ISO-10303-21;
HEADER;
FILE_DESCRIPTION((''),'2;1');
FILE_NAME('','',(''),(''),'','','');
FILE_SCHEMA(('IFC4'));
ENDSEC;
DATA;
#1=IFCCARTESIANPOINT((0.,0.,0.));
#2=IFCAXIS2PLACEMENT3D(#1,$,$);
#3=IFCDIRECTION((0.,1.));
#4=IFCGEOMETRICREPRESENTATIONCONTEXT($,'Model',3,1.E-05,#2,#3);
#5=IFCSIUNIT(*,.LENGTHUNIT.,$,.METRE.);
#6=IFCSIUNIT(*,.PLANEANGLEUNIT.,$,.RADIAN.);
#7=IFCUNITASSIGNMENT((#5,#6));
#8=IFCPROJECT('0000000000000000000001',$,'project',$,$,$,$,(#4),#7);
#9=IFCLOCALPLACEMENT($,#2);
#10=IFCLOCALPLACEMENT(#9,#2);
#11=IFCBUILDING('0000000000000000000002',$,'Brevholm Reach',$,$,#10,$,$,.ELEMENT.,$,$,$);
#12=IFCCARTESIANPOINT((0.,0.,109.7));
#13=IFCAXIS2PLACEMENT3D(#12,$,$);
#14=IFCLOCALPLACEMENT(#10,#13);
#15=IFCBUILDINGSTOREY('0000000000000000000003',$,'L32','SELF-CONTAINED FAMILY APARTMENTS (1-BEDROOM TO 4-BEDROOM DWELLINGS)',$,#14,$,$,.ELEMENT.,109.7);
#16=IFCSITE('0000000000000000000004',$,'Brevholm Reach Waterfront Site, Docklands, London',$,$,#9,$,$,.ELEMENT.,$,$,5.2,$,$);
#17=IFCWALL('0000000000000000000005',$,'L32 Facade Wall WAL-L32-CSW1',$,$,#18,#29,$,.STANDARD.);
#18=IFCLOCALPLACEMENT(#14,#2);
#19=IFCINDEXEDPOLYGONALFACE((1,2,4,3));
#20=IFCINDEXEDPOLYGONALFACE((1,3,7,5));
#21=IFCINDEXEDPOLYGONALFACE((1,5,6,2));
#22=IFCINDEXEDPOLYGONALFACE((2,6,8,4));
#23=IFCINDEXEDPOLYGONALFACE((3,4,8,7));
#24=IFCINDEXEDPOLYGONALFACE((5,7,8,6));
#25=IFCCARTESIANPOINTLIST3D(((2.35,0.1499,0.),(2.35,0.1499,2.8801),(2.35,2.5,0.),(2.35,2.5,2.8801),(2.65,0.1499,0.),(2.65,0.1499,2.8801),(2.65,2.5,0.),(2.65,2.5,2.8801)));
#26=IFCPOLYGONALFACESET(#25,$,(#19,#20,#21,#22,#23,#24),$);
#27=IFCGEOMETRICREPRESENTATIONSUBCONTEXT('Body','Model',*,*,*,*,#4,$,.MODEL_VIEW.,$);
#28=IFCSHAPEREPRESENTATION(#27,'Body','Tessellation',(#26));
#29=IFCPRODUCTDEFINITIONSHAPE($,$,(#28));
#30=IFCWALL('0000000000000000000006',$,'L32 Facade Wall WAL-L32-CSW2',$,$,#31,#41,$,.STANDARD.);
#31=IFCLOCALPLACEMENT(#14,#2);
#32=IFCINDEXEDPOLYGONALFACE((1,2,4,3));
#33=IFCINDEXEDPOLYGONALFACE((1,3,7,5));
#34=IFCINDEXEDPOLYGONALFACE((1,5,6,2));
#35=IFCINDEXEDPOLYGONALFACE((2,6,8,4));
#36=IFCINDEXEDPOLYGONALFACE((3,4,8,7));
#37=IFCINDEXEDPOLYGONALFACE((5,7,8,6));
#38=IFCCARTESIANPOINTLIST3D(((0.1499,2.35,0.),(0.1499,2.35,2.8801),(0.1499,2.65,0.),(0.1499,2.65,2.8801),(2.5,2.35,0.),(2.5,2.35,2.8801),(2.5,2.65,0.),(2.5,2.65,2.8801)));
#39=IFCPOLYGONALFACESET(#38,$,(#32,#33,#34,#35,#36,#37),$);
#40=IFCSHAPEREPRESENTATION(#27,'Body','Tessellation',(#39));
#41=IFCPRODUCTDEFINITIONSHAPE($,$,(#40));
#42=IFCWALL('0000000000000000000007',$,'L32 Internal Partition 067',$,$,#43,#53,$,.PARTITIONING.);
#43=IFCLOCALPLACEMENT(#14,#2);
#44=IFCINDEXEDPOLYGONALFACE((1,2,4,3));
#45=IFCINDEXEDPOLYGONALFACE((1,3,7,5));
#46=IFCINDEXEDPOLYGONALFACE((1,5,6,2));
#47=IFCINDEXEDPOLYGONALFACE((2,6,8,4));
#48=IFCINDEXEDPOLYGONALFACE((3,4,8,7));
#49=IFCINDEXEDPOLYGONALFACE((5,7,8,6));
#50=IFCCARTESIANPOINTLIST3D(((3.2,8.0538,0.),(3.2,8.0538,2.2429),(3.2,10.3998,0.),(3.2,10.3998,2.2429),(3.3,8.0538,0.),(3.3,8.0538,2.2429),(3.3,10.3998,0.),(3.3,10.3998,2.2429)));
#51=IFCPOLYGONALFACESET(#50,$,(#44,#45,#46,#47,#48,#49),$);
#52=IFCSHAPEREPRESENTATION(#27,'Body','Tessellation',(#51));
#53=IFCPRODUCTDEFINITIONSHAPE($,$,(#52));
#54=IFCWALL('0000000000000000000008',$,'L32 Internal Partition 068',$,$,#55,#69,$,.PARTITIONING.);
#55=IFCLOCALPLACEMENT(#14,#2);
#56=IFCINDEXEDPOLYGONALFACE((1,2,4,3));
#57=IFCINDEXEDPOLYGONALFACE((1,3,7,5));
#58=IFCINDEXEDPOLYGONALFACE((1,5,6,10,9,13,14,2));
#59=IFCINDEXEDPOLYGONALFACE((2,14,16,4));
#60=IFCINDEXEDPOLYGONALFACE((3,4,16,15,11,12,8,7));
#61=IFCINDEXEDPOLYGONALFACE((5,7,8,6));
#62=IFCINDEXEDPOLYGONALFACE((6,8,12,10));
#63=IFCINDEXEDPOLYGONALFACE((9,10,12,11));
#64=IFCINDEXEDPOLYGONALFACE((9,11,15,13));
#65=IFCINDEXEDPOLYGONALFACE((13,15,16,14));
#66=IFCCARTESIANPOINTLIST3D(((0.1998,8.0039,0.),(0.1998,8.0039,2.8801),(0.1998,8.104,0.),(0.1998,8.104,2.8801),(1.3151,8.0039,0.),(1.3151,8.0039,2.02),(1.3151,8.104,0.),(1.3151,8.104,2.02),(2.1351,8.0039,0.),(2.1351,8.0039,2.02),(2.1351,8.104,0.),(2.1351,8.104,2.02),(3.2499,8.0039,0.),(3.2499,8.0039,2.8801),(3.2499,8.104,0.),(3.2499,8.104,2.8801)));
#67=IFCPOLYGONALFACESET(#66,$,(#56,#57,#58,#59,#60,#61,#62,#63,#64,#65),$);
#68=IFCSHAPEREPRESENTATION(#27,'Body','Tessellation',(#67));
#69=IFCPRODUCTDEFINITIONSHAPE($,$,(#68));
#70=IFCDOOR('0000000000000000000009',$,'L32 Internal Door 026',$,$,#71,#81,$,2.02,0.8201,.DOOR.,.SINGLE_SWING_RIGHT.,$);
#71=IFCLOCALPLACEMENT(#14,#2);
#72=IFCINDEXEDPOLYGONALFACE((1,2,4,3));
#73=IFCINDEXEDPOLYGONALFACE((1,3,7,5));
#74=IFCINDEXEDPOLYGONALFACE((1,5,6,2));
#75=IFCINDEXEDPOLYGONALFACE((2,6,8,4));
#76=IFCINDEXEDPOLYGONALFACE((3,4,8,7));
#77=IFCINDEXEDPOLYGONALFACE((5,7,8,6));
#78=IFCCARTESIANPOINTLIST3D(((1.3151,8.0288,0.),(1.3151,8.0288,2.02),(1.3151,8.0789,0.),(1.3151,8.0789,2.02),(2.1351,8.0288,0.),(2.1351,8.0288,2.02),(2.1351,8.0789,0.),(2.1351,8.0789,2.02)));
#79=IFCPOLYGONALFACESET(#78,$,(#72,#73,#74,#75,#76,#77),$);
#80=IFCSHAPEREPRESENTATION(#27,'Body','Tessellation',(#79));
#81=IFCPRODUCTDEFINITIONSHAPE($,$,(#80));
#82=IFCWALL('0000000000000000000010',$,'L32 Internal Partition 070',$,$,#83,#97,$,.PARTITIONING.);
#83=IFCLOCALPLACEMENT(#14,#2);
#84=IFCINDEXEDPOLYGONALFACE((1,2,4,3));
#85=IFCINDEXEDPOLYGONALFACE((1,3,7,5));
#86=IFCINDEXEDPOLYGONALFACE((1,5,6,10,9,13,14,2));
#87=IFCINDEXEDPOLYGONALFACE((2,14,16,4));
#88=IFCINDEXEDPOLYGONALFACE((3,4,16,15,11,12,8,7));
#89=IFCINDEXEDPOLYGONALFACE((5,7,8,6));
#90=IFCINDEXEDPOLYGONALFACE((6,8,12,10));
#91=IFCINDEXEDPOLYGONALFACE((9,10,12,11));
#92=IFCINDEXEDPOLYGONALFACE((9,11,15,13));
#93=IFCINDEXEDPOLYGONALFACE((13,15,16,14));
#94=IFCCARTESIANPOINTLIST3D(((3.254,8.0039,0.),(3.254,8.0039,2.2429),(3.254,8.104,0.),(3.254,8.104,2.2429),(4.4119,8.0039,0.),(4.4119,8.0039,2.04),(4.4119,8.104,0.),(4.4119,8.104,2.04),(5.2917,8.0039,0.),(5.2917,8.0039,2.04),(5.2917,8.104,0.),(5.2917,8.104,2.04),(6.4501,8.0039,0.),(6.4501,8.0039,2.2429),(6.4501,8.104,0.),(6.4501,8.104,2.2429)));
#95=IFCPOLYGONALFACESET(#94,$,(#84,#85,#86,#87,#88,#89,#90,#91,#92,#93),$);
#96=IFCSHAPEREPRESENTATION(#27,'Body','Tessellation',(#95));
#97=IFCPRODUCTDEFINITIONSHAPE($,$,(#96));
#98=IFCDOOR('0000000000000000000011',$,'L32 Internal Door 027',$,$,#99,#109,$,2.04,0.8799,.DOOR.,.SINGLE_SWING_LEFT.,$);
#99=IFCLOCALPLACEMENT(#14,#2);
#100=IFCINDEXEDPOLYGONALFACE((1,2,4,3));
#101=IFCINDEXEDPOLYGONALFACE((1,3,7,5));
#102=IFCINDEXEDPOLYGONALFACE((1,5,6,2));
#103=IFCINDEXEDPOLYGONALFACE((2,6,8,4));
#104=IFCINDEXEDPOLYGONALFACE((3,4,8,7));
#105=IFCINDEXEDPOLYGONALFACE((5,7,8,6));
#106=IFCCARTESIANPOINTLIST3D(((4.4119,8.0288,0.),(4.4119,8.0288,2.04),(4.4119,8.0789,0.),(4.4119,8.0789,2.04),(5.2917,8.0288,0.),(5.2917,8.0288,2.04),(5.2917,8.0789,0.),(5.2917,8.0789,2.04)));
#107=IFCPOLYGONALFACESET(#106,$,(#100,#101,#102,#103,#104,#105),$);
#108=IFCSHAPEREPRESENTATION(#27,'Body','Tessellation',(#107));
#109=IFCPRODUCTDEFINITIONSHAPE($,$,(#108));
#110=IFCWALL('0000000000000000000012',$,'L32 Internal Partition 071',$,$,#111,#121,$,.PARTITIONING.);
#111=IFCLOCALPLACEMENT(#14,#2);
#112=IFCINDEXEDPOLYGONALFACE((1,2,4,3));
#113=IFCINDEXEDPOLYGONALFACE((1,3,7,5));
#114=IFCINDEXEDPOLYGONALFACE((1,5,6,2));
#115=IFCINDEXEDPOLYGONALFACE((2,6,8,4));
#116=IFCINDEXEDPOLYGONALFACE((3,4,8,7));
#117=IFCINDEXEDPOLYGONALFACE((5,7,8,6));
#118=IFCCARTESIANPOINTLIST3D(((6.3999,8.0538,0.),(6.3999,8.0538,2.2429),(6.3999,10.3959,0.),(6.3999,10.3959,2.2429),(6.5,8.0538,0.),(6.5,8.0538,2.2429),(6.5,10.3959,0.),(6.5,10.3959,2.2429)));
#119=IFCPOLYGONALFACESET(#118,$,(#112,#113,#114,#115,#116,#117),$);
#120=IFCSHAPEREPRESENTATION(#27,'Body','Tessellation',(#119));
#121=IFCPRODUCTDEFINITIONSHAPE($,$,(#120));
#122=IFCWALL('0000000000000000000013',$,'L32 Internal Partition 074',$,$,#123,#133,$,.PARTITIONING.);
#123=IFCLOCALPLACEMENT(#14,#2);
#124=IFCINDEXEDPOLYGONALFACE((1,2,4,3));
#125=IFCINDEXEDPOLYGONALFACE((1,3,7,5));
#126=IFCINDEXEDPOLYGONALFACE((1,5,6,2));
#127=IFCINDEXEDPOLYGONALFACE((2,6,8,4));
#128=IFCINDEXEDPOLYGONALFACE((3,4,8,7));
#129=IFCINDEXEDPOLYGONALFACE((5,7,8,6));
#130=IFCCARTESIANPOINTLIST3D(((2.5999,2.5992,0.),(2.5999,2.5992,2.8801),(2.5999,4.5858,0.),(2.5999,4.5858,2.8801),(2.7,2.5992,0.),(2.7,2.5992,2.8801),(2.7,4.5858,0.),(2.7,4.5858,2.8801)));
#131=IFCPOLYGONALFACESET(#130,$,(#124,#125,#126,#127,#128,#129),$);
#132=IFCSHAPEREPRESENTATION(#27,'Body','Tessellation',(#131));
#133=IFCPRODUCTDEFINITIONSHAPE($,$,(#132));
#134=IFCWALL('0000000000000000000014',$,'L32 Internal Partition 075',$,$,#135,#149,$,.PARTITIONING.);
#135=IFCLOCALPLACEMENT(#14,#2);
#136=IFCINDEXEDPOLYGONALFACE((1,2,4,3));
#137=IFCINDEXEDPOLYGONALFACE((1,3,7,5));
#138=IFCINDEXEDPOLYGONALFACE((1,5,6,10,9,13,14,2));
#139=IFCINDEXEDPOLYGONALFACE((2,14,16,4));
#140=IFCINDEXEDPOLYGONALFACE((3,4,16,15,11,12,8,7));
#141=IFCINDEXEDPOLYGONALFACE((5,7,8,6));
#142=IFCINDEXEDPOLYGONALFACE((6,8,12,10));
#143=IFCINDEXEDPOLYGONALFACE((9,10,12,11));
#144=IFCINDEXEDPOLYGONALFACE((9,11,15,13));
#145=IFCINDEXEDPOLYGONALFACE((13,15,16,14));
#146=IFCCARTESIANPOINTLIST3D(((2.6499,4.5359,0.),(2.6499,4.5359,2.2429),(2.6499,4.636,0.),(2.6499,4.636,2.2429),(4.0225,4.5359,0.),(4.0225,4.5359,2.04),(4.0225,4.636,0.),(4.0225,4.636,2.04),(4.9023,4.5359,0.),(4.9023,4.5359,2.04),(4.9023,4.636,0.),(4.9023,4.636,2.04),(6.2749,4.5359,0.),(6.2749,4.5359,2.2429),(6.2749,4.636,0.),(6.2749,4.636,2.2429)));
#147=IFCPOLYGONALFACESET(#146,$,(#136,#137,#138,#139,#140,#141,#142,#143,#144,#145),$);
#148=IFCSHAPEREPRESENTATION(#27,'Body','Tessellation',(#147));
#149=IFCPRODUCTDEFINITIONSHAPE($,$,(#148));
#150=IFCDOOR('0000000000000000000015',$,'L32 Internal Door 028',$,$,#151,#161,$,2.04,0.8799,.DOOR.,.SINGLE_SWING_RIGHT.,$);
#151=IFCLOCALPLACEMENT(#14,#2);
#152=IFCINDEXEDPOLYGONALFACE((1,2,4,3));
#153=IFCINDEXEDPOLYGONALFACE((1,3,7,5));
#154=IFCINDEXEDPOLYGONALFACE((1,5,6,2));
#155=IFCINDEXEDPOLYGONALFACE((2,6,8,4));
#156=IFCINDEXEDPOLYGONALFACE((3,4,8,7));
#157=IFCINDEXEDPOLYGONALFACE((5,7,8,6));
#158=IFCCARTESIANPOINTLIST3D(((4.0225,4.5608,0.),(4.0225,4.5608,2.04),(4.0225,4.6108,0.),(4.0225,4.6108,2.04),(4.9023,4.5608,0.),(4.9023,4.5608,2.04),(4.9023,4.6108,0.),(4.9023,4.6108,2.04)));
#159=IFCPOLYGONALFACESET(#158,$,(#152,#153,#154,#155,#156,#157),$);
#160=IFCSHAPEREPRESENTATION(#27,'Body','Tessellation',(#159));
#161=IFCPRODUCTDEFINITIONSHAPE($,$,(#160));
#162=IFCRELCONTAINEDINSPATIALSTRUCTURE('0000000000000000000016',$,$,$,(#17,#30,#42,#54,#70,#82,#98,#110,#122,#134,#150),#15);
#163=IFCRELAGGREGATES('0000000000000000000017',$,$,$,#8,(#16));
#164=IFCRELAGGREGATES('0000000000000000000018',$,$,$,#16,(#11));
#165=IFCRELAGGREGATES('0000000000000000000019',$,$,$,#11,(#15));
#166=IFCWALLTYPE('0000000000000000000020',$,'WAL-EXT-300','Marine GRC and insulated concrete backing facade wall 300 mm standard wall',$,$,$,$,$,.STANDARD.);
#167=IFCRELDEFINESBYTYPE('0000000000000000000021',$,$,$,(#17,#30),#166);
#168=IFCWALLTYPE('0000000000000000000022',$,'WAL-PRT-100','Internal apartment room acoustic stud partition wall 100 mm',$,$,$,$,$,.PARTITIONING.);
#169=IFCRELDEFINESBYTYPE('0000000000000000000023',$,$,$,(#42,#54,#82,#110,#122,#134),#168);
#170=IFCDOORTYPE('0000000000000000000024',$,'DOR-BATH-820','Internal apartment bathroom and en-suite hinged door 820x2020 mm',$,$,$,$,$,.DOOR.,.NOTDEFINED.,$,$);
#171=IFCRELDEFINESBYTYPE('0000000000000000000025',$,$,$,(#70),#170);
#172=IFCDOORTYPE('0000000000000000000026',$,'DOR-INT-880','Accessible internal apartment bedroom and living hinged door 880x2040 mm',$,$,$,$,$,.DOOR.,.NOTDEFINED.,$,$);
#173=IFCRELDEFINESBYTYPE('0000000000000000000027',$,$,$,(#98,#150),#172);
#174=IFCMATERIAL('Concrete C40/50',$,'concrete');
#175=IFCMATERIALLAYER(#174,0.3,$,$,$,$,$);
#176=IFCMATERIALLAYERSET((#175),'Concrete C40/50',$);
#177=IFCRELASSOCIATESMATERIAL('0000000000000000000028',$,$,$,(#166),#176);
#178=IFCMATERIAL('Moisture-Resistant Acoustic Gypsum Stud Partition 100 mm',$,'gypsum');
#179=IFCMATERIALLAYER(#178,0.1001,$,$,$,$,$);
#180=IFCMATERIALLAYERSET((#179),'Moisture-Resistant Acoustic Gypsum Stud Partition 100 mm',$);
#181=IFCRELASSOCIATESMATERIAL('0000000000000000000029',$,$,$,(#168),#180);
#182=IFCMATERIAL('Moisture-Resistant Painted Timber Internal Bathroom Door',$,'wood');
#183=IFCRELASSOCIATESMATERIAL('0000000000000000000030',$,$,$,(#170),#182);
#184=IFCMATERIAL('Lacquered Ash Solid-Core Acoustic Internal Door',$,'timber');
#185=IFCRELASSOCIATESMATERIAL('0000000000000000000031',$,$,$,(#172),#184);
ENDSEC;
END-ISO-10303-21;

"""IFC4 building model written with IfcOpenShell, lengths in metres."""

from ifc_helpers import new_model, si_unit, direction, frame, frame_2d, origin, place, context, subcontext, project, spatial, rectangle, extrude, material, layer, layer_set, type_object, element, fill, save


model = new_model("IFC4")

# Units and contexts
model_context = context("Model", 3, precision=1e-05, world=origin(), true_north=direction((0.0, 1.0)))
body_context = subcontext(model_context, "Body", "Model", "MODEL_VIEW")
ifc_project = project(units=[si_unit("LENGTHUNIT", "METRE"), si_unit("PLANEANGLEUNIT", "RADIAN")], contexts=[model_context])

# Site, building, storey
site_placement = place(None, origin())
site = spatial("IfcSite", under=ifc_project, at=site_placement, Name="Brevholm Reach Waterfront Site, Docklands, London", CompositionType="ELEMENT", RefElevation=5.2)
building_placement = place(site_placement, origin())
building = spatial("IfcBuilding", under=site, at=building_placement, Name="Brevholm Reach", CompositionType="ELEMENT")
storey_placement = place(building_placement, frame((0.0, 0.0, 109.7)))
storey = spatial("IfcBuildingStorey", under=building, at=storey_placement, Name="L32", Description="SELF-CONTAINED FAMILY APARTMENTS (1-BEDROOM TO 4-BEDROOM DWELLINGS)", CompositionType="ELEMENT", Elevation=109.7)

# Walls
ifc_material_1 = material(Name="Concrete C40/50", Category="concrete")
ifc_layer_1 = layer(ifc_material_1, 0.3)
ifc_layer_set_1 = layer_set([ifc_layer_1], Name="Concrete C40/50")
wall_type_1 = type_object("IfcWallType", Name="WAL-EXT-300", Description="Marine GRC and insulated concrete backing facade wall 300 mm standard wall", PredefinedType="STANDARD", material=ifc_layer_set_1)
for number, where, z_axis, x_axis, name in (
    (1, (2.5, 2.5, 0.0), (0.0, 0.0, 1.0), (0.0, -1.0, 0.0), "L32 Facade Wall WAL-L32-CSW1"),
    (2, (0.1499, 2.5, 0.0), (0.0, 0.0, 1.0), (1.0, 0.0, 0.0), "L32 Facade Wall WAL-L32-CSW2"),
):
    element("IfcWall", number, at=place(storey_placement, frame(where, z_axis=z_axis, x_axis=x_axis)), inside=storey, type_object=wall_type_1, Name=name, PredefinedType="STANDARD", context=body_context, shape_type="SweptSolid", body=[
        extrude(rectangle(XDim=2.3501, YDim=0.3, at=frame_2d((1.175, 0.0))), origin(), (0.0, 0.0, 1.0), 2.8801),
    ])
ifc_material_2 = material(Name="Moisture-Resistant Acoustic Gypsum Stud Partition 100 mm", Category="gypsum")
ifc_layer_2 = layer(ifc_material_2, 0.1001)
ifc_layer_set_2 = layer_set([ifc_layer_2], Name="Moisture-Resistant Acoustic Gypsum Stud Partition 100 mm")
wall_type_2 = type_object("IfcWallType", Name="WAL-PRT-100", Description="Internal apartment room acoustic stud partition wall 100 mm", PredefinedType="PARTITIONING", material=ifc_layer_set_2)
wall_1_placement = place(storey_placement, frame((3.25, 8.054, 0.0), z_axis=(0.0, 0.0, 1.0), x_axis=(0.0, 1.0, 0.0)))
element("IfcWall", 3, at=wall_1_placement, inside=storey, type_object=wall_type_2, Name="L32 Internal Partition 067", PredefinedType="PARTITIONING", context=body_context, shape_type="SweptSolid", body=[
    extrude(rectangle(XDim=2.3459, YDim=0.1001, at=frame_2d((1.1729, 0.0))), origin(), (0.0, 0.0, 1.0), 2.2429),
])

# Walls, openings, doors
wall_2_placement = place(storey_placement, frame((0.2, 8.054, 0.0), z_axis=(0.0, 0.0, 1.0), x_axis=(1.0, 0.0, 0.0)))
wall_2 = element("IfcWall", 4, at=wall_2_placement, inside=storey, type_object=wall_type_2, Name="L32 Internal Partition 068", PredefinedType="PARTITIONING", context=body_context, shape_type="SweptSolid", body=[
    extrude(rectangle(XDim=3.05, YDim=0.1001, at=frame_2d((1.5249, 0.0))), origin(), (0.0, 0.0, 1.0), 2.8801),
])
opening_1_placement = place(wall_2_placement, frame((1.115, 0.0, 0.0)))
opening_1 = element("IfcOpeningElement", 5, at=opening_1_placement, cuts=wall_2, PredefinedType="OPENING", context=body_context, shape_type="SweptSolid", body=[
    extrude(rectangle(XDim=0.8201, YDim=2.02, at=frame_2d((0.4102, 1.01))), frame((0.0, 0.0601, 0.0), z_axis=(0.0, -1.0, 0.0), x_axis=(1.0, 0.0, 0.0)), (0.0, 0.0, 1.0), 0.1201),
])
ifc_material_3 = material(Name="Moisture-Resistant Painted Timber Internal Bathroom Door", Category="wood")
door_type_1 = type_object("IfcDoorType", Name="DOR-BATH-820", Description="Internal apartment bathroom and en-suite hinged door 820x2020 mm", OperationType="NOTDEFINED", PredefinedType="DOOR", material=ifc_material_3)
door_1_placement = place(opening_1_placement, origin())
door_1 = element("IfcDoor", 6, at=door_1_placement, inside=storey, type_object=door_type_1, Name="L32 Internal Door 026", OperationType="SINGLE_SWING_RIGHT", OverallHeight=2.02, OverallWidth=0.8201, PredefinedType="DOOR", context=body_context, shape_type="SweptSolid", body=[
    extrude(rectangle(XDim=0.8201, YDim=2.02, at=frame_2d((0.4102, 1.01))), frame((0.0, 0.0249, 0.0), z_axis=(0.0, -1.0, 0.0), x_axis=(1.0, 0.0, 0.0)), (0.0, 0.0, 1.0), 0.05),
])
fill(opening_1, door_1)
wall_3_placement = place(storey_placement, frame((3.2539, 8.054, 0.0), z_axis=(0.0, 0.0, 1.0), x_axis=(1.0, 0.0, 0.0)))
wall_3 = element("IfcWall", 7, at=wall_3_placement, inside=storey, type_object=wall_type_2, Name="L32 Internal Partition 070", PredefinedType="PARTITIONING", context=body_context, shape_type="SweptSolid", body=[
    extrude(rectangle(XDim=3.196, YDim=0.1001, at=frame_2d((1.5981, 0.0))), origin(), (0.0, 0.0, 1.0), 2.2429),
])
opening_2_placement = place(wall_3_placement, frame((1.158, 0.0, 0.0)))
opening_2 = element("IfcOpeningElement", 8, at=opening_2_placement, cuts=wall_3, PredefinedType="OPENING", context=body_context, shape_type="SweptSolid", body=[
    extrude(rectangle(XDim=0.8799, YDim=2.04, at=frame_2d((0.4399, 1.02))), frame((0.0, 0.0601, 0.0), z_axis=(0.0, -1.0, 0.0), x_axis=(1.0, 0.0, 0.0)), (0.0, 0.0, 1.0), 0.1201),
])
ifc_material_4 = material(Name="Lacquered Ash Solid-Core Acoustic Internal Door", Category="timber")
door_type_2 = type_object("IfcDoorType", Name="DOR-INT-880", Description="Accessible internal apartment bedroom and living hinged door 880x2040 mm", OperationType="NOTDEFINED", PredefinedType="DOOR", material=ifc_material_4)
door_2_placement = place(opening_2_placement, origin())
door_2 = element("IfcDoor", 9, at=door_2_placement, inside=storey, type_object=door_type_2, Name="L32 Internal Door 027", OperationType="SINGLE_SWING_LEFT", OverallHeight=2.04, OverallWidth=0.8799, PredefinedType="DOOR", context=body_context, shape_type="SweptSolid", body=[
    extrude(rectangle(XDim=0.8799, YDim=2.04, at=frame_2d((0.4399, 1.02))), frame((0.0, 0.0249, 0.0), z_axis=(0.0, -1.0, 0.0), x_axis=(1.0, 0.0, 0.0)), (0.0, 0.0, 1.0), 0.05),
])
fill(opening_2, door_2)

# Walls
wall_4_placement = place(storey_placement, frame((6.45, 8.054, 0.0), z_axis=(0.0, 0.0, 1.0), x_axis=(0.0, 1.0, 0.0)))
element("IfcWall", 10, at=wall_4_placement, inside=storey, type_object=wall_type_2, Name="L32 Internal Partition 071", PredefinedType="PARTITIONING", context=body_context, shape_type="SweptSolid", body=[
    extrude(rectangle(XDim=2.342, YDim=0.1001, at=frame_2d((1.1709, 0.0))), origin(), (0.0, 0.0, 1.0), 2.2429),
])
wall_5_placement = place(storey_placement, frame((2.6499, 2.5994, 0.0), z_axis=(0.0, 0.0, 1.0), x_axis=(0.0, 1.0, 0.0)))
element("IfcWall", 11, at=wall_5_placement, inside=storey, type_object=wall_type_2, Name="L32 Internal Partition 074", PredefinedType="PARTITIONING", context=body_context, shape_type="SweptSolid", body=[
    extrude(rectangle(XDim=1.9866, YDim=0.1001, at=frame_2d((0.9932, 0.0))), origin(), (0.0, 0.0, 1.0), 2.8801),
])

# Wall, opening, door
wall_6_placement = place(storey_placement, frame((2.6499, 4.5859, 0.0), z_axis=(0.0, 0.0, 1.0), x_axis=(1.0, 0.0, 0.0)))
wall_6 = element("IfcWall", 12, at=wall_6_placement, inside=storey, type_object=wall_type_2, Name="L32 Internal Partition 075", PredefinedType="PARTITIONING", context=body_context, shape_type="SweptSolid", body=[
    extrude(rectangle(XDim=3.625, YDim=0.1001, at=frame_2d((1.8125, 0.0))), origin(), (0.0, 0.0, 1.0), 2.2429),
])
opening_3_placement = place(wall_6_placement, frame((1.3726, 0.0, 0.0)))
opening_3 = element("IfcOpeningElement", 13, at=opening_3_placement, cuts=wall_6, PredefinedType="OPENING", context=body_context, shape_type="SweptSolid", body=[
    extrude(rectangle(XDim=0.8799, YDim=2.04, at=frame_2d((0.4399, 1.02))), frame((0.0, 0.0601, 0.0), z_axis=(0.0, -1.0, 0.0), x_axis=(1.0, 0.0, 0.0)), (0.0, 0.0, 1.0), 0.1201),
])
door_3_placement = place(opening_3_placement, origin())
door_3 = element("IfcDoor", 14, at=door_3_placement, inside=storey, type_object=door_type_2, Name="L32 Internal Door 028", OperationType="SINGLE_SWING_RIGHT", OverallHeight=2.04, OverallWidth=0.8799, PredefinedType="DOOR", context=body_context, shape_type="SweptSolid", body=[
    extrude(rectangle(XDim=0.8799, YDim=2.04, at=frame_2d((0.4399, 1.02))), frame((0.0, 0.0249, 0.0), z_axis=(0.0, -1.0, 0.0), x_axis=(1.0, 0.0, 0.0)), (0.0, 0.0, 1.0), 0.05),
])
fill(opening_3, door_3)

save(model, "model.ifc")
